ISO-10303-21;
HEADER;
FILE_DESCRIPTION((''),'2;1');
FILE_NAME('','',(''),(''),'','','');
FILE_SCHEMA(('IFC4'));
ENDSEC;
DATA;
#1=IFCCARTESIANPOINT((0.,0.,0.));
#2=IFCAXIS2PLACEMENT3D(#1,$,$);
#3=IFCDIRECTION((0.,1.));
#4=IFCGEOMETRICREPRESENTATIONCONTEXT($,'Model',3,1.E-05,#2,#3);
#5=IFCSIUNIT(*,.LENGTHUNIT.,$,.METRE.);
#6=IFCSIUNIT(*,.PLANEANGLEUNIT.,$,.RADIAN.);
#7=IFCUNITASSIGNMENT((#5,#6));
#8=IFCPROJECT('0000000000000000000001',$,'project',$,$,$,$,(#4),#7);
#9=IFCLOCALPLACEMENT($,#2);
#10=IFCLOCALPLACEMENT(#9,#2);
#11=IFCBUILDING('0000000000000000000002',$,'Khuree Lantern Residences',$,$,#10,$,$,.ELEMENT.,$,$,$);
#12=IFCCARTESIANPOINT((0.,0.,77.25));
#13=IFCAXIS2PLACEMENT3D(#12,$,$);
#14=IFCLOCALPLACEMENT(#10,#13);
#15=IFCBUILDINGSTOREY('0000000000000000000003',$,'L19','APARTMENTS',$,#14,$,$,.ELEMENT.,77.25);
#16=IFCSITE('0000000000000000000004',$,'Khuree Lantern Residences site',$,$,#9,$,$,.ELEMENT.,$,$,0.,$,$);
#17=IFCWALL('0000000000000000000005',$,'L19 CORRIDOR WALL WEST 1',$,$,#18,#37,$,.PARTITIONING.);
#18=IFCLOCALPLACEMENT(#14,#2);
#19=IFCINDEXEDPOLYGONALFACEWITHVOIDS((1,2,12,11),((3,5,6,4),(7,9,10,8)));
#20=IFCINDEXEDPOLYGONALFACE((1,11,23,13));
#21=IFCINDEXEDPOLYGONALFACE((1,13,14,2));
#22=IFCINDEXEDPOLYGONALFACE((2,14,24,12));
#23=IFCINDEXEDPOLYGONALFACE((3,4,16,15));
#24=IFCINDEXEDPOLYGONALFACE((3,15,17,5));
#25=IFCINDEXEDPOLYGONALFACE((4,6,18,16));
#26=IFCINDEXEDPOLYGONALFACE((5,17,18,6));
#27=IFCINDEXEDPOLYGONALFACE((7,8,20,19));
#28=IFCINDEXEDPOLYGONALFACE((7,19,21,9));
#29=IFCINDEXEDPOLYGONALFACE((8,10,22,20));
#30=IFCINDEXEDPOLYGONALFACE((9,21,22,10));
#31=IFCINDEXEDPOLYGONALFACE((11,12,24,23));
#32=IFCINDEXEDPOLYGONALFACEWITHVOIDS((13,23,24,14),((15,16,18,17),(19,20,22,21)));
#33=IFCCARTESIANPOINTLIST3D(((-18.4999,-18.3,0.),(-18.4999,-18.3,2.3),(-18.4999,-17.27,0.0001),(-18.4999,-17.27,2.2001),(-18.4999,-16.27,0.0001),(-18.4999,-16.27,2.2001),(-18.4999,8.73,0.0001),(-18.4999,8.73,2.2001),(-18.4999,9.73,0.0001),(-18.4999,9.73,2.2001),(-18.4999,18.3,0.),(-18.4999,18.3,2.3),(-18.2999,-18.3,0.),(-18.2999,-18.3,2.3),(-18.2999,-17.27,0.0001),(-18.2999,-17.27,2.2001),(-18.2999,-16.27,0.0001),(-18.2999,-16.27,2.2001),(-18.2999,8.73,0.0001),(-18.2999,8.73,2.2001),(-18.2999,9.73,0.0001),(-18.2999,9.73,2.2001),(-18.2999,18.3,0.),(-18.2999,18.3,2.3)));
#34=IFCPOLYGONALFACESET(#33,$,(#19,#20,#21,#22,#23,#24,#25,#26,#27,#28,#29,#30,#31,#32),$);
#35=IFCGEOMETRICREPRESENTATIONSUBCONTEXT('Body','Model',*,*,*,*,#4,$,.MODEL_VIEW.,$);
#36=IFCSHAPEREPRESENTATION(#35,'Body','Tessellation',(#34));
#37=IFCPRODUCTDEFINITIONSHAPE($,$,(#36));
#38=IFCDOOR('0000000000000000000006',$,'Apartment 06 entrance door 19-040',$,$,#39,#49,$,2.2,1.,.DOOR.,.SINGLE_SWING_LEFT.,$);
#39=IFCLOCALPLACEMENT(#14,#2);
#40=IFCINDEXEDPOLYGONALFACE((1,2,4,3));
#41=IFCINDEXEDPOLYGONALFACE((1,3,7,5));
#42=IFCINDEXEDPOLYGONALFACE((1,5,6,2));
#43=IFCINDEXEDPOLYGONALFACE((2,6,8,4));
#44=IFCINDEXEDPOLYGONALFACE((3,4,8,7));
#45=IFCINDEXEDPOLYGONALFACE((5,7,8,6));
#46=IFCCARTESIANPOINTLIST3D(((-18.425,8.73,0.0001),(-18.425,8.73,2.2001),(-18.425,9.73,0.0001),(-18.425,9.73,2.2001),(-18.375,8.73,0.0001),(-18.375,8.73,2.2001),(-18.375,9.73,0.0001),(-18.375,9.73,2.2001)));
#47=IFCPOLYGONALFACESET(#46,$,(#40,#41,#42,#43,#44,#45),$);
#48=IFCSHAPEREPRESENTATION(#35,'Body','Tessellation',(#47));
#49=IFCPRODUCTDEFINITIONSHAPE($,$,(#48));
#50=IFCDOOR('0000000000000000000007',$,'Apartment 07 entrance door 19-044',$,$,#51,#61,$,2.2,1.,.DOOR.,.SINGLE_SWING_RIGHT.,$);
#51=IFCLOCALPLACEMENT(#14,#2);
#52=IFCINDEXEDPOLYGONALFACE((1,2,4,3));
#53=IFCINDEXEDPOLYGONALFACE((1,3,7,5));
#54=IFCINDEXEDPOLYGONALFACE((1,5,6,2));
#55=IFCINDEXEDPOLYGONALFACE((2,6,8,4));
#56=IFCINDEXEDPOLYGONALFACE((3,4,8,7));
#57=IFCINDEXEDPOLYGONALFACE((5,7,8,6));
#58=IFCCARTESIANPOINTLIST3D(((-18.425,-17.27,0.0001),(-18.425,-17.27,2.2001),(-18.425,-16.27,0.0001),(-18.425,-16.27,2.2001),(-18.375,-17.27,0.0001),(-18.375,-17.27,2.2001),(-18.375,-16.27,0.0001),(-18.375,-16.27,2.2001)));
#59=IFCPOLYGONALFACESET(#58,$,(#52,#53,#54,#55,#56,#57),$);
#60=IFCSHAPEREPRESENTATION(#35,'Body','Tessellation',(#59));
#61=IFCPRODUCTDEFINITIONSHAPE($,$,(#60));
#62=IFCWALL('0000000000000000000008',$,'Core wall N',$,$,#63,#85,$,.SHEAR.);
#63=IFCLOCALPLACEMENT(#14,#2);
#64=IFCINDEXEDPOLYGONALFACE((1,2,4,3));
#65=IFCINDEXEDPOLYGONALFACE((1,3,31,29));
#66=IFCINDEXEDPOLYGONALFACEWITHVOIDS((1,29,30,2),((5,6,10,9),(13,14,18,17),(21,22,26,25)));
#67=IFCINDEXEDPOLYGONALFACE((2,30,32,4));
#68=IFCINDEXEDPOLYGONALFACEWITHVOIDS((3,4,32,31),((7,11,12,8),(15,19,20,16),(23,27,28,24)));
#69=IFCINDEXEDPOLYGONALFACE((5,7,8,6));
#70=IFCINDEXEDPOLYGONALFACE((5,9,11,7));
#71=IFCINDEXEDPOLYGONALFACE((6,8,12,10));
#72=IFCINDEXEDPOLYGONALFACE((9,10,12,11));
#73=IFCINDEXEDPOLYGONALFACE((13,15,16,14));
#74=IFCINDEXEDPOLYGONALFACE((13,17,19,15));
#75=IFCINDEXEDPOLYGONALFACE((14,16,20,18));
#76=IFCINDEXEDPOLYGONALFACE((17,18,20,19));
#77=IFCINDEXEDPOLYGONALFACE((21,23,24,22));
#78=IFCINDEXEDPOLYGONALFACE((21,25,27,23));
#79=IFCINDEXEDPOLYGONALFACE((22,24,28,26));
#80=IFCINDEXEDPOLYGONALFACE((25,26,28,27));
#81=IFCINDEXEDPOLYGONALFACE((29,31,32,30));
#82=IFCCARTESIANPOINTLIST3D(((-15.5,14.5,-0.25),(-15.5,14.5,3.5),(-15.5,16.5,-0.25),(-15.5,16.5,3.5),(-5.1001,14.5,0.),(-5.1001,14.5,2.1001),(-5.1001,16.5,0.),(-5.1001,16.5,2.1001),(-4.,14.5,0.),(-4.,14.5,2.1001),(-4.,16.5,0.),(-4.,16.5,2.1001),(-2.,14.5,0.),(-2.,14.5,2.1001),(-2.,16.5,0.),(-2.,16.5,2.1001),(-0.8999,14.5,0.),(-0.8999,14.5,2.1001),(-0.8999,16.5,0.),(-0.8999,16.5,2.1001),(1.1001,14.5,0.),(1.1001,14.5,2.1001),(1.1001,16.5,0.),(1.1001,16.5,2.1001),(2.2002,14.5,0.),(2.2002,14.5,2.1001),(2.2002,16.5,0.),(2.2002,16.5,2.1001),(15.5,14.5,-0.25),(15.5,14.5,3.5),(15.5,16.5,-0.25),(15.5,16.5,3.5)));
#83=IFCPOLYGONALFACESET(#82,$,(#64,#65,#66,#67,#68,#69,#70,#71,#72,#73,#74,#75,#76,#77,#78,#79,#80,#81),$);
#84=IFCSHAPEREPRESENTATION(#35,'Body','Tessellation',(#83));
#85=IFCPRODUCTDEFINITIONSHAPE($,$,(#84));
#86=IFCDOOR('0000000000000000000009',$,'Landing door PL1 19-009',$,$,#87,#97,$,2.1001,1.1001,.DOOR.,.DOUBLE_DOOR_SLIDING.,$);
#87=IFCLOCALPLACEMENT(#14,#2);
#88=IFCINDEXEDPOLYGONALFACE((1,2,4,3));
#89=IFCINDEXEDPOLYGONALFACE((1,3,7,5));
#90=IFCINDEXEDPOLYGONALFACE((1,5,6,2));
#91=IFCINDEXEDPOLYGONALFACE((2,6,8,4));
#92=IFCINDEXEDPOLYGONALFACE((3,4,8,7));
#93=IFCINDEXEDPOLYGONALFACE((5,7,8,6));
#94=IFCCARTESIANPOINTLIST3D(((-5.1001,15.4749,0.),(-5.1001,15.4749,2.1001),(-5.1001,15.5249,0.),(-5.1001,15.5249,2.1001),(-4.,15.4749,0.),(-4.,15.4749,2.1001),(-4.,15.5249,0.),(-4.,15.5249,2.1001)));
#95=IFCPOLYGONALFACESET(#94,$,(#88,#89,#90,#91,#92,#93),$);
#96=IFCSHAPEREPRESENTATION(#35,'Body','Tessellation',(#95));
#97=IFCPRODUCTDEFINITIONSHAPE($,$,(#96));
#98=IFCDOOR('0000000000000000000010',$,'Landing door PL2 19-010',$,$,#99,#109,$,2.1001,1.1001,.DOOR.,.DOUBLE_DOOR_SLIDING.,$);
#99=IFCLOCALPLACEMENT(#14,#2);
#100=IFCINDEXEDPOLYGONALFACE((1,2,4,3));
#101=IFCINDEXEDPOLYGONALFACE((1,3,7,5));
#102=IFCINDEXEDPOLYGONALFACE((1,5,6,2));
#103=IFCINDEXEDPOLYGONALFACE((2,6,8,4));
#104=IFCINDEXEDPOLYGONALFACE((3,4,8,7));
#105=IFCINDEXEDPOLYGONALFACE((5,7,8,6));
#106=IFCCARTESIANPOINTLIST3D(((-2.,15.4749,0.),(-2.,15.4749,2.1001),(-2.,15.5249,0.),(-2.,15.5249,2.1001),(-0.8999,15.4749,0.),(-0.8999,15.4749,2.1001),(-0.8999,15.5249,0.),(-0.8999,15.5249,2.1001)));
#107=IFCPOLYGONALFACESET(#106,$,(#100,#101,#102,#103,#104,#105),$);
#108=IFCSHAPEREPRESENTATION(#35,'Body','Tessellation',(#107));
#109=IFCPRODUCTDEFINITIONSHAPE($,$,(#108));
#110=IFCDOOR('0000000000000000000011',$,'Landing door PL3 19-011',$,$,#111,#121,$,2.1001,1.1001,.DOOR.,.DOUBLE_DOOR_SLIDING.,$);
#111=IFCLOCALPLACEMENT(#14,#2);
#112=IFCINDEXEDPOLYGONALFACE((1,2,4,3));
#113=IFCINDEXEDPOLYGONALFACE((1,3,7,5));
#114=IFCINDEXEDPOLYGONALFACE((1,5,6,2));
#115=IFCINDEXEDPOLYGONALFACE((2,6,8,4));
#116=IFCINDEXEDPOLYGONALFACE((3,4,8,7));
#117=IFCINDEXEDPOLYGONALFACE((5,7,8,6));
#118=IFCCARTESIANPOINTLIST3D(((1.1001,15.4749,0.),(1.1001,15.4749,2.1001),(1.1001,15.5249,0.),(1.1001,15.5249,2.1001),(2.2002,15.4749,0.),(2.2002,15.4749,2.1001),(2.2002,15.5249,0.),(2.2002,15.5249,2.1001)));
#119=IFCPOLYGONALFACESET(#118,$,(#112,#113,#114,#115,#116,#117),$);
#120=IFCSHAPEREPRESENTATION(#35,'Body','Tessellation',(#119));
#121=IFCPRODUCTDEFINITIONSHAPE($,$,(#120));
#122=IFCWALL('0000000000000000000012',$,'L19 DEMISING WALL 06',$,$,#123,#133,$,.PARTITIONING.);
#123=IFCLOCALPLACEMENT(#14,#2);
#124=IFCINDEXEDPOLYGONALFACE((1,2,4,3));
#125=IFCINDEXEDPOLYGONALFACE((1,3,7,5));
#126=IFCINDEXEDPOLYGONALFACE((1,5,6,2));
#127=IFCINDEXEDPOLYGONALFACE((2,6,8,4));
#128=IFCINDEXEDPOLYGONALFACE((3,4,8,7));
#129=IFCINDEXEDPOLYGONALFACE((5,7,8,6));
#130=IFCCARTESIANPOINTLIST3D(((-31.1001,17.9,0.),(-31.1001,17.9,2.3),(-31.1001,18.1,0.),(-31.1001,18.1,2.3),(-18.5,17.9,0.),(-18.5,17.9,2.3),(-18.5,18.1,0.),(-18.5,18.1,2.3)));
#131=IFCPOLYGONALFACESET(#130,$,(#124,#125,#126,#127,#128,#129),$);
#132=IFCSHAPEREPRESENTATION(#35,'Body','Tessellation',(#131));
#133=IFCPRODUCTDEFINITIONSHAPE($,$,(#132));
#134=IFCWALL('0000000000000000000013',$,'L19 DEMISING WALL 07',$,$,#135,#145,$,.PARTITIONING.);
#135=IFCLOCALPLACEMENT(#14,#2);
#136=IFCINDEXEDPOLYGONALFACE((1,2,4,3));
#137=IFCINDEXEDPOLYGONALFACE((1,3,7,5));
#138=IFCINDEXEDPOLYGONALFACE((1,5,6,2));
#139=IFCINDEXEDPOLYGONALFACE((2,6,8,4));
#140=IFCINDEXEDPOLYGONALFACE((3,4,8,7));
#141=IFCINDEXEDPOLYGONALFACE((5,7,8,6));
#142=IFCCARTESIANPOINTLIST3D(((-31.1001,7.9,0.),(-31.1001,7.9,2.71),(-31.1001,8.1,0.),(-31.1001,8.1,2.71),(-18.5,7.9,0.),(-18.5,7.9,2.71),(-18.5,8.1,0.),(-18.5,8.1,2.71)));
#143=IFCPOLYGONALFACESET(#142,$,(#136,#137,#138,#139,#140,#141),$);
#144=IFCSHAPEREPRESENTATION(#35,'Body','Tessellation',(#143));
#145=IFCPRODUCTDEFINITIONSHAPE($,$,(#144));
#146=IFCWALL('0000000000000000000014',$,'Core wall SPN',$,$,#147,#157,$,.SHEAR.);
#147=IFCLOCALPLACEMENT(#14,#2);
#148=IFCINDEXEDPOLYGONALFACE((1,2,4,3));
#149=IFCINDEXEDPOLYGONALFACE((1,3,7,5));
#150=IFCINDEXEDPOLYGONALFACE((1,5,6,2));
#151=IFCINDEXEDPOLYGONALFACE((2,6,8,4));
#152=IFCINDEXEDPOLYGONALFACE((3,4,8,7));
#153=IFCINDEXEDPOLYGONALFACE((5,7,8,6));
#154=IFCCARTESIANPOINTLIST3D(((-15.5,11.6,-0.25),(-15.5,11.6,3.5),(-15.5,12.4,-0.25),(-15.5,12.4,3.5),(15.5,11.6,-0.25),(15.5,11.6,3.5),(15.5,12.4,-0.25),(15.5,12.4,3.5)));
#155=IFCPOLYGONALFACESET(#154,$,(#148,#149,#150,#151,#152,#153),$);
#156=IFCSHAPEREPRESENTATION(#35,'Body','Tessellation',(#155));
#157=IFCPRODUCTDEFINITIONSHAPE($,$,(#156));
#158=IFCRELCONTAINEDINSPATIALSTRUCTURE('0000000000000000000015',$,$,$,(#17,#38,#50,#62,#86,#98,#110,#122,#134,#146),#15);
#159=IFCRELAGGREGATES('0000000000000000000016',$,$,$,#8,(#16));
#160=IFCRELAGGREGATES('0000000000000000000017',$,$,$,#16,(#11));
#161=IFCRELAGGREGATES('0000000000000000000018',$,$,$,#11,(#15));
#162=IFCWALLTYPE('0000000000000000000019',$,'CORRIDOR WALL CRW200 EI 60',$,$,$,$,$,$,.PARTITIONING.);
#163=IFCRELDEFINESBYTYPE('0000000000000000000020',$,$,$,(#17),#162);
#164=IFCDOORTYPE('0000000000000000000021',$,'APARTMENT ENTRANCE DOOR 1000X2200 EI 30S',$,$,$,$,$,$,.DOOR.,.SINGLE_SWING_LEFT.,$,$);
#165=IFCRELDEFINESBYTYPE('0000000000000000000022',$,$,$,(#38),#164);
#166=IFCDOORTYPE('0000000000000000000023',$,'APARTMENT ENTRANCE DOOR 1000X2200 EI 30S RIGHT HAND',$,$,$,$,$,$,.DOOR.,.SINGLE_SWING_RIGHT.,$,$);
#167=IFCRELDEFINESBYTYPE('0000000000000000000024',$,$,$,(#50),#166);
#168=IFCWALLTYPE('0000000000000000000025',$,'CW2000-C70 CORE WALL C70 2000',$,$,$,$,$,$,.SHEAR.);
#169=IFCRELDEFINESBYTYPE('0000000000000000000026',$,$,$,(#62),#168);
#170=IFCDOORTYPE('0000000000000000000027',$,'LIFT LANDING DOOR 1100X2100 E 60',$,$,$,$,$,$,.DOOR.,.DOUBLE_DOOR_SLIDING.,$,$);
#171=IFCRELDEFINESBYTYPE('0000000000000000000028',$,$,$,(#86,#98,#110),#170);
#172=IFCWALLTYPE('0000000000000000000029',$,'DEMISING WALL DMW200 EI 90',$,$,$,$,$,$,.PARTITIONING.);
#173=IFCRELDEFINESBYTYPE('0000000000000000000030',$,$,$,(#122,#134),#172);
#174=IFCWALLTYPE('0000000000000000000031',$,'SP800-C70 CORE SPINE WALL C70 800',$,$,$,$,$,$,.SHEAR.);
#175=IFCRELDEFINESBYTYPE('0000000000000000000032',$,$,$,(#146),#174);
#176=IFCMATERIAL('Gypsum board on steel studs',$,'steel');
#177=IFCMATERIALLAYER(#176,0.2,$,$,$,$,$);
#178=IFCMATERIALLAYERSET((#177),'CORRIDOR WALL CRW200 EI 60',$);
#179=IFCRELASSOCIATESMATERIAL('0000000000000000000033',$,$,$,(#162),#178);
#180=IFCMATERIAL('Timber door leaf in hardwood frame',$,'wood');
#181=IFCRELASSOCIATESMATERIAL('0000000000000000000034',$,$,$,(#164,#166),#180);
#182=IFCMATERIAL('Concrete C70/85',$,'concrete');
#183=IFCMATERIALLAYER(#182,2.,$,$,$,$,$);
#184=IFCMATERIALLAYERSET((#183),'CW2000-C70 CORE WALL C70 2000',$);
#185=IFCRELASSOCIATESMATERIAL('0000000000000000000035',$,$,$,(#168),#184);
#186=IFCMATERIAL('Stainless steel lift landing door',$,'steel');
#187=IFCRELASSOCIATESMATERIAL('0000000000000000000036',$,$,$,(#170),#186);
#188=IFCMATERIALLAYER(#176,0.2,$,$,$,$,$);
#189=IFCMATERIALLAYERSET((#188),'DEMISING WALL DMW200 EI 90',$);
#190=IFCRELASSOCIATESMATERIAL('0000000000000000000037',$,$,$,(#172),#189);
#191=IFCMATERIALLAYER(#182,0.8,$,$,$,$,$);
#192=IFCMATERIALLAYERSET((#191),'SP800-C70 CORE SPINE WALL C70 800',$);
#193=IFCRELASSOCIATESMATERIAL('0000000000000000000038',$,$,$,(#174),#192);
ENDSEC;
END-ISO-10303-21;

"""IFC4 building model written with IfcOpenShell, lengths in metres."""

from ifc_helpers import new_model, si_unit, direction, frame, frame_2d, origin, place, context, subcontext, project, spatial, rectangle, extrude, material, layer, layer_set, type_object, element, fill, save


model = new_model("IFC4")

# Units and contexts
model_context = context("Model", 3, precision=1e-05, world=origin(), true_north=direction((0.0, 1.0)))
body_context = subcontext(model_context, "Body", "Model", "MODEL_VIEW")
ifc_project = project(units=[si_unit("LENGTHUNIT", "METRE"), si_unit("PLANEANGLEUNIT", "RADIAN")], contexts=[model_context])

# Site, building, storey
site_placement = place(None, origin())
site = spatial("IfcSite", under=ifc_project, at=site_placement, Name="Khuree Lantern Residences site", CompositionType="ELEMENT", RefElevation=0.0)
building_placement = place(site_placement, origin())
building = spatial("IfcBuilding", under=site, at=building_placement, Name="Khuree Lantern Residences", CompositionType="ELEMENT")
storey_placement = place(building_placement, frame((0.0, 0.0, 77.25)))
storey = spatial("IfcBuildingStorey", under=building, at=storey_placement, Name="L19", Description="APARTMENTS", CompositionType="ELEMENT", Elevation=77.25)

# Shared definitions
ifc_material_1 = material(Name="Concrete C70/85", Category="concrete")

# Shared definitions
ifc_material_2 = material(Name="Timber door leaf in hardwood frame", Category="wood")

# Walls, openings, doors
ifc_material_3 = material(Name="Gypsum board on steel studs", Category="steel")
ifc_layer_1 = layer(ifc_material_3, 0.2)
ifc_layer_set_1 = layer_set([ifc_layer_1], Name="CORRIDOR WALL CRW200 EI 60")
wall_type_1 = type_object("IfcWallType", Name="CORRIDOR WALL CRW200 EI 60", PredefinedType="PARTITIONING", material=ifc_layer_set_1)
door_type_1 = type_object("IfcDoorType", Name="APARTMENT ENTRANCE DOOR 1000X2200 EI 30S", OperationType="SINGLE_SWING_LEFT", PredefinedType="DOOR", material=ifc_material_2)
wall_1_placement = place(storey_placement, frame((-18.3999, 18.3, 0.0), z_axis=(0.0, 0.0, 1.0), x_axis=(0.0, -1.0, 0.0)))
wall_1 = element("IfcWall", 1, at=wall_1_placement, inside=storey, type_object=wall_type_1, Name="L19 CORRIDOR WALL WEST 1", PredefinedType="PARTITIONING", context=body_context, shape_type="SweptSolid", body=[
    extrude(rectangle(XDim=36.6001, YDim=0.2, at=frame_2d((18.3, 0.0))), origin(), (0.0, 0.0, 1.0), 2.3),
])
opening_1_placement = place(wall_1_placement, frame((8.5701, 0.0, 0.0)))
opening_1 = element("IfcOpeningElement", 2, at=opening_1_placement, cuts=wall_1, PredefinedType="OPENING", context=body_context, shape_type="SweptSolid", body=[
    extrude(rectangle(XDim=1.0, YDim=2.2, at=frame_2d((0.5, 1.1001))), frame((0.0, 0.1099, 0.0), z_axis=(0.0, -1.0, 0.0), x_axis=(1.0, 0.0, 0.0)), (0.0, 0.0, 1.0), 0.22),
])
opening_2_placement = place(wall_1_placement, frame((34.5701, 0.0, 0.0)))
opening_2 = element("IfcOpeningElement", 3, at=opening_2_placement, cuts=wall_1, PredefinedType="OPENING", context=body_context, shape_type="SweptSolid", body=[
    extrude(rectangle(XDim=1.0, YDim=2.2, at=frame_2d((0.5, 1.1001))), frame((0.0, 0.1099, 0.0), z_axis=(0.0, -1.0, 0.0), x_axis=(1.0, 0.0, 0.0)), (0.0, 0.0, 1.0), 0.22),
])
door_1_placement = place(opening_1_placement, origin())
door_1 = element("IfcDoor", 4, at=door_1_placement, inside=storey, type_object=door_type_1, Name="Apartment 06 entrance door 19-040", OperationType="SINGLE_SWING_LEFT", OverallHeight=2.2, OverallWidth=1.0, PredefinedType="DOOR", context=body_context, shape_type="SweptSolid", body=[
    extrude(rectangle(XDim=1.0, YDim=2.2, at=frame_2d((0.5, 1.1001))), frame((0.0, 0.0249, 0.0), z_axis=(0.0, -1.0, 0.0), x_axis=(1.0, 0.0, 0.0)), (0.0, 0.0, 1.0), 0.05),
])
fill(opening_1, door_1)
door_type_2 = type_object("IfcDoorType", Name="APARTMENT ENTRANCE DOOR 1000X2200 EI 30S RIGHT HAND", OperationType="SINGLE_SWING_RIGHT", PredefinedType="DOOR", material=ifc_material_2)
door_2_placement = place(opening_2_placement, origin())
door_2 = element("IfcDoor", 5, at=door_2_placement, inside=storey, type_object=door_type_2, Name="Apartment 07 entrance door 19-044", OperationType="SINGLE_SWING_RIGHT", OverallHeight=2.2, OverallWidth=1.0, PredefinedType="DOOR", context=body_context, shape_type="SweptSolid", body=[
    extrude(rectangle(XDim=1.0, YDim=2.2, at=frame_2d((0.5, 1.1001))), frame((0.0, 0.0249, 0.0), z_axis=(0.0, -1.0, 0.0), x_axis=(1.0, 0.0, 0.0)), (0.0, 0.0, 1.0), 0.05),
])
fill(opening_2, door_2)
ifc_layer_2 = layer(ifc_material_1, 2.0)
ifc_layer_set_2 = layer_set([ifc_layer_2], Name="CW2000-C70 CORE WALL C70 2000")
wall_type_2 = type_object("IfcWallType", Name="CW2000-C70 CORE WALL C70 2000", PredefinedType="SHEAR", material=ifc_layer_set_2)
wall_2_placement = place(storey_placement, frame((-15.5, 15.5, -0.25), z_axis=(0.0, 0.0, 1.0), x_axis=(1.0, 0.0, 0.0)))
wall_2 = element("IfcWall", 6, at=wall_2_placement, inside=storey, type_object=wall_type_2, Name="Core wall N", PredefinedType="SHEAR", context=body_context, shape_type="SweptSolid", body=[
    extrude(rectangle(XDim=31.0, YDim=2.0, at=frame_2d((15.5, 0.0))), origin(), (0.0, 0.0, 1.0), 3.75),
])
opening_3_placement = place(wall_2_placement, frame((10.3999, 0.0, 0.25)))
opening_3 = element("IfcOpeningElement", 7, at=opening_3_placement, cuts=wall_2, PredefinedType="OPENING", context=body_context, shape_type="SweptSolid", body=[
    extrude(rectangle(XDim=1.1001, YDim=2.1001, at=frame_2d((0.55, 1.05))), frame((0.0, 1.01, 0.0), z_axis=(0.0, -1.0, 0.0), x_axis=(1.0, 0.0, 0.0)), (0.0, 0.0, 1.0), 2.02),
])
opening_4_placement = place(wall_2_placement, frame((13.5, 0.0, 0.25)))
opening_4 = element("IfcOpeningElement", 8, at=opening_4_placement, cuts=wall_2, PredefinedType="OPENING", context=body_context, shape_type="SweptSolid", body=[
    extrude(rectangle(XDim=1.1001, YDim=2.1001, at=frame_2d((0.55, 1.05))), frame((0.0, 1.01, 0.0), z_axis=(0.0, -1.0, 0.0), x_axis=(1.0, 0.0, 0.0)), (0.0, 0.0, 1.0), 2.02),
])
opening_5_placement = place(wall_2_placement, frame((16.6001, 0.0, 0.25)))
opening_5 = element("IfcOpeningElement", 9, at=opening_5_placement, cuts=wall_2, PredefinedType="OPENING", context=body_context, shape_type="SweptSolid", body=[
    extrude(rectangle(XDim=1.1001, YDim=2.1001, at=frame_2d((0.55, 1.05))), frame((0.0, 1.01, 0.0), z_axis=(0.0, -1.0, 0.0), x_axis=(1.0, 0.0, 0.0)), (0.0, 0.0, 1.0), 2.02),
])
ifc_material_4 = material(Name="Stainless steel lift landing door", Category="steel")
door_type_3 = type_object("IfcDoorType", Name="LIFT LANDING DOOR 1100X2100 E 60", OperationType="DOUBLE_DOOR_SLIDING", PredefinedType="DOOR", material=ifc_material_4)
door_3_placement = place(opening_3_placement, origin())
door_3 = element("IfcDoor", 10, at=door_3_placement, inside=storey, type_object=door_type_3, Name="Landing door PL1 19-009", OperationType="DOUBLE_DOOR_SLIDING", OverallHeight=2.1001, OverallWidth=1.1001, PredefinedType="DOOR", context=body_context, shape_type="SweptSolid", body=[
    extrude(rectangle(XDim=1.1001, YDim=2.1001, at=frame_2d((0.55, 1.05))), frame((0.0, 0.0249, 0.0), z_axis=(0.0, -1.0, 0.0), x_axis=(1.0, 0.0, 0.0)), (0.0, 0.0, 1.0), 0.05),
])
fill(opening_3, door_3)
door_4_placement = place(opening_4_placement, origin())
door_4 = element("IfcDoor", 11, at=door_4_placement, inside=storey, type_object=door_type_3, Name="Landing door PL2 19-010", OperationType="DOUBLE_DOOR_SLIDING", OverallHeight=2.1001, OverallWidth=1.1001, PredefinedType="DOOR", context=body_context, shape_type="SweptSolid", body=[
    extrude(rectangle(XDim=1.1001, YDim=2.1001, at=frame_2d((0.55, 1.05))), frame((0.0, 0.0249, 0.0), z_axis=(0.0, -1.0, 0.0), x_axis=(1.0, 0.0, 0.0)), (0.0, 0.0, 1.0), 0.05),
])
fill(opening_4, door_4)
door_5_placement = place(opening_5_placement, origin())
door_5 = element("IfcDoor", 12, at=door_5_placement, inside=storey, type_object=door_type_3, Name="Landing door PL3 19-011", OperationType="DOUBLE_DOOR_SLIDING", OverallHeight=2.1001, OverallWidth=1.1001, PredefinedType="DOOR", context=body_context, shape_type="SweptSolid", body=[
    extrude(rectangle(XDim=1.1001, YDim=2.1001, at=frame_2d((0.55, 1.05))), frame((0.0, 0.0249, 0.0), z_axis=(0.0, -1.0, 0.0), x_axis=(1.0, 0.0, 0.0)), (0.0, 0.0, 1.0), 0.05),
])
fill(opening_5, door_5)

# Walls
ifc_layer_3 = layer(ifc_material_3, 0.2)
ifc_layer_set_3 = layer_set([ifc_layer_3], Name="DEMISING WALL DMW200 EI 90")
wall_type_3 = type_object("IfcWallType", Name="DEMISING WALL DMW200 EI 90", PredefinedType="PARTITIONING", material=ifc_layer_set_3)
wall_3_placement = place(storey_placement, frame((-18.5, 18.0, 0.0), z_axis=(0.0, 0.0, 1.0), x_axis=(-1.0, 0.0, 0.0)))
element("IfcWall", 13, at=wall_3_placement, inside=storey, type_object=wall_type_3, Name="L19 DEMISING WALL 06", PredefinedType="PARTITIONING", context=body_context, shape_type="SweptSolid", body=[
    extrude(rectangle(XDim=12.6001, YDim=0.2, at=frame_2d((6.3, 0.0))), origin(), (0.0, 0.0, 1.0), 2.3),
])
wall_4_placement = place(storey_placement, frame((-18.5, 8.0, 0.0), z_axis=(0.0, 0.0, 1.0), x_axis=(-1.0, 0.0, 0.0)))
element("IfcWall", 14, at=wall_4_placement, inside=storey, type_object=wall_type_3, Name="L19 DEMISING WALL 07", PredefinedType="PARTITIONING", context=body_context, shape_type="SweptSolid", body=[
    extrude(rectangle(XDim=12.6001, YDim=0.2, at=frame_2d((6.3, 0.0))), origin(), (0.0, 0.0, 1.0), 2.71),
])
ifc_layer_4 = layer(ifc_material_1, 0.8)
ifc_layer_set_4 = layer_set([ifc_layer_4], Name="SP800-C70 CORE SPINE WALL C70 800")
wall_type_4 = type_object("IfcWallType", Name="SP800-C70 CORE SPINE WALL C70 800", PredefinedType="SHEAR", material=ifc_layer_set_4)
wall_5_placement = place(storey_placement, frame((-15.5, 12.0, -0.25), z_axis=(0.0, 0.0, 1.0), x_axis=(1.0, 0.0, 0.0)))
element("IfcWall", 15, at=wall_5_placement, inside=storey, type_object=wall_type_4, Name="Core wall SPN", PredefinedType="SHEAR", context=body_context, shape_type="SweptSolid", body=[
    extrude(rectangle(XDim=31.0, YDim=0.8, at=frame_2d((15.5, 0.0))), origin(), (0.0, 0.0, 1.0), 3.75),
])

save(model, "model.ifc")
